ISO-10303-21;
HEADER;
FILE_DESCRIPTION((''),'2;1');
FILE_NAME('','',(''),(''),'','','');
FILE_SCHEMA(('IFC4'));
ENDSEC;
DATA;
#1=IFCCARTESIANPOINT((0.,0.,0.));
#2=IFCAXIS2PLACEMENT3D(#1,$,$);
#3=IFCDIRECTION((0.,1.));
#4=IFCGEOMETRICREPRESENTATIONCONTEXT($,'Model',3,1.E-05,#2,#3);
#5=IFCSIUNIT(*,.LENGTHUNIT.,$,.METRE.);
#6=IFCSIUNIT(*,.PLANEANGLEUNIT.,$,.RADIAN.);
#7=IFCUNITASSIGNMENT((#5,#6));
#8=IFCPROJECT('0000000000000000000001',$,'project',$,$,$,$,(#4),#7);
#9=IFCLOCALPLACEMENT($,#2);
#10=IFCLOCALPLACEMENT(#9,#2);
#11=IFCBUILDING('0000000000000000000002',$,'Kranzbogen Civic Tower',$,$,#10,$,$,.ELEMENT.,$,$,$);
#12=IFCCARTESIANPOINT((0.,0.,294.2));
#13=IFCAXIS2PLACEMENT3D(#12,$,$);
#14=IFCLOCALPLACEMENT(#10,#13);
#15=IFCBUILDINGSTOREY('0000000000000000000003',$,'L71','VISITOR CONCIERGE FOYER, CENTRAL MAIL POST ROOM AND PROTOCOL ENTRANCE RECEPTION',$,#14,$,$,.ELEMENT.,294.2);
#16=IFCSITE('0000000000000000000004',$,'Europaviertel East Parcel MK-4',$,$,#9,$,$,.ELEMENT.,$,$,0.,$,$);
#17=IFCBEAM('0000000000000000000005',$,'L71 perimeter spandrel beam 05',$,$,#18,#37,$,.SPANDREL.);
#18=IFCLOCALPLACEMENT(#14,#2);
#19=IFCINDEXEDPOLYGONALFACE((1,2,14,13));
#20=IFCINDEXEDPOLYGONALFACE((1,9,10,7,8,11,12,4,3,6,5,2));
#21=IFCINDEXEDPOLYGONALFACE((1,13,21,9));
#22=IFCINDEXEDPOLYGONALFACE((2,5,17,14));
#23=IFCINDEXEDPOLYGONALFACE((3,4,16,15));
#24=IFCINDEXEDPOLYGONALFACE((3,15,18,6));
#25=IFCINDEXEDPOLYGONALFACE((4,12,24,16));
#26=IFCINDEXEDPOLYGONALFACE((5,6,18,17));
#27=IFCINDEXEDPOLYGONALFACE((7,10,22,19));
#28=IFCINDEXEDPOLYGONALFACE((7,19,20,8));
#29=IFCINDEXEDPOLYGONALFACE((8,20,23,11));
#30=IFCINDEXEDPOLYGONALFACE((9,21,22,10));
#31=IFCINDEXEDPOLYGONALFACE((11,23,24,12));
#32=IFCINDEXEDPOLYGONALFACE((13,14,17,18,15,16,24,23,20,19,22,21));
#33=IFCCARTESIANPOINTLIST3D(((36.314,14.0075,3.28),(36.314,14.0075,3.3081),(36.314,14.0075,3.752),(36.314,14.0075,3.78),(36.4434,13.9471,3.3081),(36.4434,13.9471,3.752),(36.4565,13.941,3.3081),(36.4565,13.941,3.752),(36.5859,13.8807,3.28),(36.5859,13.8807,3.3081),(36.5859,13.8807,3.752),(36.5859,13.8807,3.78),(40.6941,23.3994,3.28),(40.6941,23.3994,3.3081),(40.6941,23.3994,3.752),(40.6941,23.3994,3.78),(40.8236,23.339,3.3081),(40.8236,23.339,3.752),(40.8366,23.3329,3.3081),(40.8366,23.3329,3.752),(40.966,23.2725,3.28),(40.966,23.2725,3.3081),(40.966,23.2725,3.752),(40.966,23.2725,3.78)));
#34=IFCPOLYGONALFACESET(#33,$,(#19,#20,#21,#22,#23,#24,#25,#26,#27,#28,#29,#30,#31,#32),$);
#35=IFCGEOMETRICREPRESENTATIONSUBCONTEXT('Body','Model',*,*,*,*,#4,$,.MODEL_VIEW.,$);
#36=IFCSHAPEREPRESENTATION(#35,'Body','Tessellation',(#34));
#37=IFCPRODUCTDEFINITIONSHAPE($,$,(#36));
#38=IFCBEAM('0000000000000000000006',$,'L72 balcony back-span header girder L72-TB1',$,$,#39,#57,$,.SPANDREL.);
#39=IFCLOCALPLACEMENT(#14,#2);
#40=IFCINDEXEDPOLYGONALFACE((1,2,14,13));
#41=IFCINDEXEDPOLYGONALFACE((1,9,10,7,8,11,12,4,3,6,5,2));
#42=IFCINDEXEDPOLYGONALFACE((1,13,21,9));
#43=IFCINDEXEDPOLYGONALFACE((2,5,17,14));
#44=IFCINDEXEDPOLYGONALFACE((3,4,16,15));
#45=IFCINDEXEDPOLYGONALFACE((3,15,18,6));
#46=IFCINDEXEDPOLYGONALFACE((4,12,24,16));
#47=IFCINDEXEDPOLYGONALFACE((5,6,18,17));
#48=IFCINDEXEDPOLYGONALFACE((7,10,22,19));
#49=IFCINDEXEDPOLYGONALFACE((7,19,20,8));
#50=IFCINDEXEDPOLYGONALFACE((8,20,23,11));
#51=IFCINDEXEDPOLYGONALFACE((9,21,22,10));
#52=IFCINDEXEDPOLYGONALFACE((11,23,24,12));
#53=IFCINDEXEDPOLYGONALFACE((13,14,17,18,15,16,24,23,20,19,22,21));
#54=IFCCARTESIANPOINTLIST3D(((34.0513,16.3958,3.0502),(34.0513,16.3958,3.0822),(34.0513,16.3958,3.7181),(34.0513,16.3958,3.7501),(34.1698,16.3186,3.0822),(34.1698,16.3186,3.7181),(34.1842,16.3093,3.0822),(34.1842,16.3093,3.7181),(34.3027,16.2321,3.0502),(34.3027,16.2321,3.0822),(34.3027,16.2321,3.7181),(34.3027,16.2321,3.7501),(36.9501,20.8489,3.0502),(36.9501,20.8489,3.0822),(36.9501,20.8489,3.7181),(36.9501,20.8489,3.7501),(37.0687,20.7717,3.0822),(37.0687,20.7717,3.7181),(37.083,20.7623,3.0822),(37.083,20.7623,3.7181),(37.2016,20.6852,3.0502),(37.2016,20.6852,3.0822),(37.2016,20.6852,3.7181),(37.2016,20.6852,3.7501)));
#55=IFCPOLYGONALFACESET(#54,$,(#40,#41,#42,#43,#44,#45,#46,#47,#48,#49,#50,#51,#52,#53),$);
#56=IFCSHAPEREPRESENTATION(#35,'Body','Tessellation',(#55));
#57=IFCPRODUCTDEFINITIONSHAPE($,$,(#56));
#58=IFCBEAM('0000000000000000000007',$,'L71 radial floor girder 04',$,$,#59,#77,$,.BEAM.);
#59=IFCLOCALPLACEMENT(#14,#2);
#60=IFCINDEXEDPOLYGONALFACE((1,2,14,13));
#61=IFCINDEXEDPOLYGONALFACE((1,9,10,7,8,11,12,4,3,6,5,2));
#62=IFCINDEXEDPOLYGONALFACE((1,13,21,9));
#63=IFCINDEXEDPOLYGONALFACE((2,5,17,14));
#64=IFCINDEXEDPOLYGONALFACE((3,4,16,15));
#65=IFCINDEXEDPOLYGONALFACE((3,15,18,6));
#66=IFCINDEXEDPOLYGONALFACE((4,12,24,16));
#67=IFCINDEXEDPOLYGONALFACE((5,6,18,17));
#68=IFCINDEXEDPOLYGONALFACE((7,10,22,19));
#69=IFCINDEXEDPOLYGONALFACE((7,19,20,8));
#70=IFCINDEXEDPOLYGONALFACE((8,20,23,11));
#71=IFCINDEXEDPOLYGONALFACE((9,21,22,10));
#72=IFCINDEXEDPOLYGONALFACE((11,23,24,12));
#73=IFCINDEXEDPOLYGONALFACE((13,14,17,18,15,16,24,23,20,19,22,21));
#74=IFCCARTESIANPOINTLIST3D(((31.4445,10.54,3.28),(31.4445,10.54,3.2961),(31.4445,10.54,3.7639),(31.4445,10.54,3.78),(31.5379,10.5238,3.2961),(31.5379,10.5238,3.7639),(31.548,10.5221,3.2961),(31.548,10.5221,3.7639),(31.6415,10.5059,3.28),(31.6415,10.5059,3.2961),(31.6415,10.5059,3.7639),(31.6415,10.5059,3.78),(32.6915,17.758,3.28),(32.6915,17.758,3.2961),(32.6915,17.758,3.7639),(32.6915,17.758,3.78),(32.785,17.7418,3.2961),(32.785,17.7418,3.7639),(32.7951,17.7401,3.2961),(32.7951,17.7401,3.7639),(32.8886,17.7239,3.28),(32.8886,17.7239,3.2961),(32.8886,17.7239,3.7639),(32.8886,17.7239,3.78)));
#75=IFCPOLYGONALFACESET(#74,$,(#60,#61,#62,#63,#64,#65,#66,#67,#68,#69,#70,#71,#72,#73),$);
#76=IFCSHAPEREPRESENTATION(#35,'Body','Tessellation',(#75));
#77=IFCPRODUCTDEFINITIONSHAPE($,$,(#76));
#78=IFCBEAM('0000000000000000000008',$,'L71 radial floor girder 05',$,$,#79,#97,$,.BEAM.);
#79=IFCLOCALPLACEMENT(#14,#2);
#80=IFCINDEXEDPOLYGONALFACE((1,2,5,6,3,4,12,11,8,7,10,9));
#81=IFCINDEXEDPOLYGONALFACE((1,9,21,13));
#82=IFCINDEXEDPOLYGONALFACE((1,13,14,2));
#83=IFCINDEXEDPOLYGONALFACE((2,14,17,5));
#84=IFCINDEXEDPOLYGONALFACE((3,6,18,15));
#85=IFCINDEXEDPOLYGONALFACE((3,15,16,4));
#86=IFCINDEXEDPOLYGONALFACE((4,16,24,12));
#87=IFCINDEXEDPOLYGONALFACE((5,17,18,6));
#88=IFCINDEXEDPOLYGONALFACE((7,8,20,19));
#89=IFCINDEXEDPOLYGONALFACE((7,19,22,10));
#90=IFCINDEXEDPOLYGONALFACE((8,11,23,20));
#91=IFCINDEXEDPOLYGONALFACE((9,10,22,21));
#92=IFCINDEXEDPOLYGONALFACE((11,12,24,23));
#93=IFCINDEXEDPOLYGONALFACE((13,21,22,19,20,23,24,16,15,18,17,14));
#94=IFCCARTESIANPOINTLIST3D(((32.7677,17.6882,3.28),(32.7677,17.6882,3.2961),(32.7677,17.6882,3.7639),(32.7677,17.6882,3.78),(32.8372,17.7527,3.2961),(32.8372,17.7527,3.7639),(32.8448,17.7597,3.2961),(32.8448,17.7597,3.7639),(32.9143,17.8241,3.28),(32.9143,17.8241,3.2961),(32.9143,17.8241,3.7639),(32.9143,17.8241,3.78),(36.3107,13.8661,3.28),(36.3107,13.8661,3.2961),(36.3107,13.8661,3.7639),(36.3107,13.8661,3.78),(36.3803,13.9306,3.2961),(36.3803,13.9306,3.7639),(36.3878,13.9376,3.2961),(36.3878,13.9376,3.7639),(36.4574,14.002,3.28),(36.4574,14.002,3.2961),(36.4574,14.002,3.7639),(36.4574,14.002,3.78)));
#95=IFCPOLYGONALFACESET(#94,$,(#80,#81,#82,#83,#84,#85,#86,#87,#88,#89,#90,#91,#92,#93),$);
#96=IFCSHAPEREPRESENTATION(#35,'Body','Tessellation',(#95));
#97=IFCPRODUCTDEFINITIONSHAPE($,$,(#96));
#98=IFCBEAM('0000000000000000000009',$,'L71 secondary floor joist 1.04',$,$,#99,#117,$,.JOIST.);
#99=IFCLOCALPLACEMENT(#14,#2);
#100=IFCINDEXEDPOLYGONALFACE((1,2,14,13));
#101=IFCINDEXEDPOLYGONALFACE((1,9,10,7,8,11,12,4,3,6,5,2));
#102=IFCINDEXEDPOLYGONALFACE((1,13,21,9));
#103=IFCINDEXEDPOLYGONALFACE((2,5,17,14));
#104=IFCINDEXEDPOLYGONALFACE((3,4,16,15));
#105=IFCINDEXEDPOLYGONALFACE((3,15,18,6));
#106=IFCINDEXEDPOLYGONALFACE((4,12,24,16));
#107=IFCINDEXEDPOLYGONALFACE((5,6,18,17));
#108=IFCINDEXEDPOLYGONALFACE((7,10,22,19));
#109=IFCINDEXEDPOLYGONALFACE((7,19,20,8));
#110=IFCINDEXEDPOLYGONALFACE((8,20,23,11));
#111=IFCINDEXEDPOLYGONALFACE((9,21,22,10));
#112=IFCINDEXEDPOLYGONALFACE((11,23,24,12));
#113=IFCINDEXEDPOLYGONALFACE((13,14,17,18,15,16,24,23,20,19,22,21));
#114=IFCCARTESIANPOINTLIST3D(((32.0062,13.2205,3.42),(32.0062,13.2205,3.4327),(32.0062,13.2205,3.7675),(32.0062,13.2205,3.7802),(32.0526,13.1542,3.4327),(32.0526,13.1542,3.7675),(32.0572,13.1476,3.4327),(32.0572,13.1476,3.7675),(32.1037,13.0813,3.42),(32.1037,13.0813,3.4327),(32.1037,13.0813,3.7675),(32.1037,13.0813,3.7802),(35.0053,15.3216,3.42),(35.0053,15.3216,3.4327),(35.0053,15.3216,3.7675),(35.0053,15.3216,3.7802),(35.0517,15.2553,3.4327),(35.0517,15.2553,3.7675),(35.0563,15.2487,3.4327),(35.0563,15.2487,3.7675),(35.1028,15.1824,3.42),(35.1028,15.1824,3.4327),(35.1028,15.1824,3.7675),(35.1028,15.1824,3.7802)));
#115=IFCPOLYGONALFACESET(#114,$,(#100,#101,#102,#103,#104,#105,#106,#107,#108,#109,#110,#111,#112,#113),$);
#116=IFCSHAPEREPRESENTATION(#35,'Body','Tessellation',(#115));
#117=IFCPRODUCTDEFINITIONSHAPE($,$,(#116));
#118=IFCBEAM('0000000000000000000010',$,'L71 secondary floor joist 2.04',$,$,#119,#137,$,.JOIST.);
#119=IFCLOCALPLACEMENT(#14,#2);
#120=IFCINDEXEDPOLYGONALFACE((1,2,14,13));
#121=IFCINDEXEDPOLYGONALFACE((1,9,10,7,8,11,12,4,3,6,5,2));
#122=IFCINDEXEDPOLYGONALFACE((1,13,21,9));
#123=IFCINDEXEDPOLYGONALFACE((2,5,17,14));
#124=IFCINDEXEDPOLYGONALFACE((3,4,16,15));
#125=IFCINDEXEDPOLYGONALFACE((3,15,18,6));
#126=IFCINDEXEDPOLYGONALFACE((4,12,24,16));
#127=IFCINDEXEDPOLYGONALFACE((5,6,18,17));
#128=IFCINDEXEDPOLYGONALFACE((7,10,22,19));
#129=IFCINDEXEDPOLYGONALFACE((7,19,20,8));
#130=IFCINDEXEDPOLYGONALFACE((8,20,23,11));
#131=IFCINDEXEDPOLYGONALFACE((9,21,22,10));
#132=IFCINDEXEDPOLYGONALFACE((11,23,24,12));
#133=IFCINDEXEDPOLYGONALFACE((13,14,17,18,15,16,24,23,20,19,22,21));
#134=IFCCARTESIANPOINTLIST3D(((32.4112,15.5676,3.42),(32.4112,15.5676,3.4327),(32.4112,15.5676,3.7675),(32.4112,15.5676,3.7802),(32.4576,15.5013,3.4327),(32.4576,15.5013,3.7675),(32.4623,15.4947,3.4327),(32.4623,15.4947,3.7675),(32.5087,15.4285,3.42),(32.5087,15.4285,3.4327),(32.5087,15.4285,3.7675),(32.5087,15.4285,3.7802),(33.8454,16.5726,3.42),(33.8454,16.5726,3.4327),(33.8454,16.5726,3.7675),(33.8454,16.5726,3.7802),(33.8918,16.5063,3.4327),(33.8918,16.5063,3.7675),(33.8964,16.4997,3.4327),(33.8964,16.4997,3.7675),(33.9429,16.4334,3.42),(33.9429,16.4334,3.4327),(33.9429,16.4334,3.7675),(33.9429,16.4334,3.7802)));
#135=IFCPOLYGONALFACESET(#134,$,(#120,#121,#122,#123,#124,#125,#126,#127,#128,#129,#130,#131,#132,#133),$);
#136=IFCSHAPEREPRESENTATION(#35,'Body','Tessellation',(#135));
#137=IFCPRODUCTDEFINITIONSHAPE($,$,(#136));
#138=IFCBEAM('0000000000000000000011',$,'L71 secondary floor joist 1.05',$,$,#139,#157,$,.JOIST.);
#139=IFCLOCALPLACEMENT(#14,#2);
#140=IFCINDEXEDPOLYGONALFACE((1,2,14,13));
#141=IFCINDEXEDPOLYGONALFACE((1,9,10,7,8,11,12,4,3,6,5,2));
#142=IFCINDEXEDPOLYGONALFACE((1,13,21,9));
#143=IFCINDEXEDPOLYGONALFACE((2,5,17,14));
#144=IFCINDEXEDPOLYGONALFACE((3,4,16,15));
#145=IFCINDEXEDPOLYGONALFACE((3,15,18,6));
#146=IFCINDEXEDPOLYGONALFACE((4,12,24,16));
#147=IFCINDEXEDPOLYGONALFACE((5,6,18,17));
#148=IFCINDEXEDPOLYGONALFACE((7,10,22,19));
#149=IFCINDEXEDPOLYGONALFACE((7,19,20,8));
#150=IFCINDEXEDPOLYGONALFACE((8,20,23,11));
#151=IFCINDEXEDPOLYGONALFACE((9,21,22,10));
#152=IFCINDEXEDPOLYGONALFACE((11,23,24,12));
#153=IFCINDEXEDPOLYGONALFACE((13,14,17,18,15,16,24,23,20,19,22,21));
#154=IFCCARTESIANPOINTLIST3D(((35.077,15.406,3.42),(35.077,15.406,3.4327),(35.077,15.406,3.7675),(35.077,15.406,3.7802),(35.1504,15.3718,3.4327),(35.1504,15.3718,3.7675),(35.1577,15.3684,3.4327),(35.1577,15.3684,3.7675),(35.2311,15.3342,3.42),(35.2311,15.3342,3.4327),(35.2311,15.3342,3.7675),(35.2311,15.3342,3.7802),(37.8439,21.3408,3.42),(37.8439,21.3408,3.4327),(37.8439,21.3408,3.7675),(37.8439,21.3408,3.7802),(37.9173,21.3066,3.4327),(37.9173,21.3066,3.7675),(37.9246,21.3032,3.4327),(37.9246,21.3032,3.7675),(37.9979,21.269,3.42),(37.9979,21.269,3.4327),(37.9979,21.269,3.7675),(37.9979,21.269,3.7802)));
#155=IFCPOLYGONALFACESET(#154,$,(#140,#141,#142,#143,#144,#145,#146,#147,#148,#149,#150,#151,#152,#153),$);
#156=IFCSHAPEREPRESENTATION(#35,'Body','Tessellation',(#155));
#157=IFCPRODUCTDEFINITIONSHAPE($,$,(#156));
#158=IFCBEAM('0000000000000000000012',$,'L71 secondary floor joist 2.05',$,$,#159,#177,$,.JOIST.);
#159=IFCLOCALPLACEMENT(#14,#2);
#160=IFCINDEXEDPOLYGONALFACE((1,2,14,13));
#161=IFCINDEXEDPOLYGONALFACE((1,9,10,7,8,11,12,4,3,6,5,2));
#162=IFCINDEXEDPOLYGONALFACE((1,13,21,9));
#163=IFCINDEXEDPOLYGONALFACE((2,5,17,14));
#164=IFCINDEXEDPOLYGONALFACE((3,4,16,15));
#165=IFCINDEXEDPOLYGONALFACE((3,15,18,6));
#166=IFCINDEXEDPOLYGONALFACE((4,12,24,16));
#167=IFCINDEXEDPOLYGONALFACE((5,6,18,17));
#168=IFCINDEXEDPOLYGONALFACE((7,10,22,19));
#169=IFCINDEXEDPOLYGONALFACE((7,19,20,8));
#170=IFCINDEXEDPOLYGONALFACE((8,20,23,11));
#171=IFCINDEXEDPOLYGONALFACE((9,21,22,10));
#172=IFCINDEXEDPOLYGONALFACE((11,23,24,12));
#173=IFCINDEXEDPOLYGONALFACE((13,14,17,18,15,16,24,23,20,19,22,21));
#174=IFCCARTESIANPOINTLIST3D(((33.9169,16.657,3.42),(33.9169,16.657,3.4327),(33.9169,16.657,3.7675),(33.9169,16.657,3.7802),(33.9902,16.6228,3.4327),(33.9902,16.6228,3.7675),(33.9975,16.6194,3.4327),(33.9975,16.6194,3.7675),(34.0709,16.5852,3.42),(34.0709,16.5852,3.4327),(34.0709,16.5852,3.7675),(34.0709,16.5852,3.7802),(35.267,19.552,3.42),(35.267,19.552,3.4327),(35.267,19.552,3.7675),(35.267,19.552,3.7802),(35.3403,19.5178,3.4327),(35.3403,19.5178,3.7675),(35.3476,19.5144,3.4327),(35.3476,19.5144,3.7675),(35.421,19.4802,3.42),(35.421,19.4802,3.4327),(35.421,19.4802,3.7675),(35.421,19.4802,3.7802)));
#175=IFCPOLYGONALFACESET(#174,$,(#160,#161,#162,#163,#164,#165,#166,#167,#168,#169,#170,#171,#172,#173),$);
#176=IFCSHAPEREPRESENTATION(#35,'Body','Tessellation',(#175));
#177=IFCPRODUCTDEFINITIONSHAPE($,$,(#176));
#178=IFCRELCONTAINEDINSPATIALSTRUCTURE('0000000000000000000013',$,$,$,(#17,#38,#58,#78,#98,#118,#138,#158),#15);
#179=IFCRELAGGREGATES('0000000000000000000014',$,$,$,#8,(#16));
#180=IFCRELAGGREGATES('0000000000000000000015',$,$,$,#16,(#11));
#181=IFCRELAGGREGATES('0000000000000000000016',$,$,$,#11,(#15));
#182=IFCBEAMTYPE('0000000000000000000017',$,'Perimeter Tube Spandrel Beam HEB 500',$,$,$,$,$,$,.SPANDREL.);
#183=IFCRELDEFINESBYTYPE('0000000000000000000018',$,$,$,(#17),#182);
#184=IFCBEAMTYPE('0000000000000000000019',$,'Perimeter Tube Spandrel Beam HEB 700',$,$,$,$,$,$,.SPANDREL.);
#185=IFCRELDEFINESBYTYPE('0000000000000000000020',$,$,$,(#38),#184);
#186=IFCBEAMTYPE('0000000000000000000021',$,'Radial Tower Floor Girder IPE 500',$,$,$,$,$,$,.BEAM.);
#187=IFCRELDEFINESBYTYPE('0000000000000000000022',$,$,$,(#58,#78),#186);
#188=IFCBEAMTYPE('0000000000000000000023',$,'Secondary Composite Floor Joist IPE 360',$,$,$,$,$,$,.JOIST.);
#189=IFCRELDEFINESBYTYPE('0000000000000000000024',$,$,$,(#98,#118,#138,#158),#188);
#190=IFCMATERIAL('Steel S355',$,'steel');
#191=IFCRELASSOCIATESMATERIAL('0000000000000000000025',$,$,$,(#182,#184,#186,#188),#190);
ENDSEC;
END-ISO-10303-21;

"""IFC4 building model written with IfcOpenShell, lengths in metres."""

from ifc_helpers import new_model, si_unit, direction, frame, origin, origin_2d, place, context, subcontext, project, spatial, i_section, extrude, material, material_profile, profile_set, type_object, element, save


model = new_model("IFC4")

# Units and contexts
model_context = context("Model", 3, precision=1e-05, world=origin(), true_north=direction((0.0, 1.0)))
body_context = subcontext(model_context, "Body", "Model", "MODEL_VIEW")
ifc_project = project(units=[si_unit("LENGTHUNIT", "METRE"), si_unit("PLANEANGLEUNIT", "RADIAN")], contexts=[model_context])

# Site, building, storey
site_placement = place(None, origin())
site = spatial("IfcSite", under=ifc_project, at=site_placement, Name="Europaviertel East Parcel MK-4", CompositionType="ELEMENT", RefElevation=0.0)
building_placement = place(site_placement, origin())
building = spatial("IfcBuilding", under=site, at=building_placement, Name="Kranzbogen Civic Tower", CompositionType="ELEMENT")
storey_placement = place(building_placement, frame((0.0, 0.0, 294.2)))
storey = spatial("IfcBuildingStorey", under=building, at=storey_placement, Name="L71", Description="VISITOR CONCIERGE FOYER, CENTRAL MAIL POST ROOM AND PROTOCOL ENTRANCE RECEPTION", CompositionType="ELEMENT", Elevation=294.2)

# Shared definitions
ifc_material_1 = material(Name="Steel S355", Category="steel")

# Beams
ifc_material_profile_1 = material_profile(ifc_material_1, i_section(OverallWidth=0.3, OverallDepth=0.5, WebThickness=0.0144, FlangeThickness=0.0281, at=origin_2d()), Name="HEB 500")
ifc_profile_set_1 = profile_set([ifc_material_profile_1], Name="Steel S355")
beam_type_1 = type_object("IfcBeamType", Name="Perimeter Tube Spandrel Beam HEB 500", PredefinedType="SPANDREL", material=ifc_profile_set_1)
beam_1_placement = place(storey_placement, frame((36.45, 13.9441, 3.53), z_axis=(0.422669, 0.906284, 0.0), x_axis=(-0.906284, 0.422669, 0.0)))
element("IfcBeam", 1, at=beam_1_placement, inside=storey, type_object=beam_type_1, Name="L71 perimeter spandrel beam 05", PredefinedType="SPANDREL", context=body_context, shape_type="SweptSolid", body=[
    extrude(i_section(OverallWidth=0.3, OverallDepth=0.5, WebThickness=0.0144, FlangeThickness=0.0281, at=origin_2d()), origin(), (0.0, 0.0, 1.0), 10.363),
])
ifc_material_profile_2 = material_profile(ifc_material_1, i_section(OverallWidth=0.3, OverallDepth=0.7, WebThickness=0.0171, FlangeThickness=0.032, at=origin_2d()), Name="HEB 700")
ifc_profile_set_2 = profile_set([ifc_material_profile_2], Name="Steel S355")
beam_type_2 = type_object("IfcBeamType", Name="Perimeter Tube Spandrel Beam HEB 700", PredefinedType="SPANDREL", material=ifc_profile_set_2)
beam_2_placement = place(storey_placement, frame((34.177, 16.314, 3.4001), z_axis=(0.54557, 0.838066, 0.0), x_axis=(-0.838066, 0.54557, 0.0)))
element("IfcBeam", 2, at=beam_2_placement, inside=storey, type_object=beam_type_2, Name="L72 balcony back-span header girder L72-TB1", PredefinedType="SPANDREL", context=body_context, shape_type="SweptSolid", body=[
    extrude(i_section(OverallWidth=0.3, OverallDepth=0.7, WebThickness=0.0171, FlangeThickness=0.032, at=origin_2d()), origin(), (0.0, 0.0, 1.0), 5.3135),
])
ifc_material_profile_3 = material_profile(ifc_material_1, i_section(OverallWidth=0.2, OverallDepth=0.5, WebThickness=0.0103, FlangeThickness=0.0161, at=origin_2d()), Name="IPE 500")
ifc_profile_set_3 = profile_set([ifc_material_profile_3], Name="Steel S355")
beam_type_3 = type_object("IfcBeamType", Name="Radial Tower Floor Girder IPE 500", PredefinedType="BEAM", material=ifc_profile_set_3)
beam_3_placement = place(storey_placement, frame((31.543, 10.5229, 3.53), z_axis=(0.17025, 0.985401, 0.0), x_axis=(-0.985401, 0.17025, 0.0)))
element("IfcBeam", 3, at=beam_3_placement, inside=storey, type_object=beam_type_3, Name="L71 radial floor girder 04", PredefinedType="BEAM", context=body_context, shape_type="SweptSolid", body=[
    extrude(i_section(OverallWidth=0.2, OverallDepth=0.5, WebThickness=0.0103, FlangeThickness=0.0161, at=origin_2d()), origin(), (0.0, 0.0, 1.0), 7.325),
])
beam_4_placement = place(storey_placement, frame((36.384, 13.9341, 3.53), z_axis=(-0.679827, 0.733372, 0.0), x_axis=(-0.733372, -0.679827, 0.0)))
element("IfcBeam", 4, at=beam_4_placement, inside=storey, type_object=beam_type_3, Name="L71 radial floor girder 05", PredefinedType="BEAM", context=body_context, shape_type="SweptSolid", body=[
    extrude(i_section(OverallWidth=0.2, OverallDepth=0.5, WebThickness=0.0103, FlangeThickness=0.0161, at=origin_2d()), origin(), (0.0, 0.0, 1.0), 5.2117),
])
ifc_material_profile_4 = material_profile(ifc_material_1, i_section(OverallWidth=0.1699, OverallDepth=0.3601, WebThickness=0.0081, FlangeThickness=0.0127, at=origin_2d()), Name="IPE 360")
ifc_profile_set_4 = profile_set([ifc_material_profile_4], Name="Steel S355")
beam_type_4 = type_object("IfcBeamType", Name="Secondary Composite Floor Joist IPE 360", PredefinedType="JOIST", material=ifc_profile_set_4)
beam_5_placement = place(storey_placement, frame((32.0549, 13.1509, 3.6001), z_axis=(0.819006, 0.573784, 0.0), x_axis=(-0.573784, 0.819006, 0.0)))
element("IfcBeam", 5, at=beam_5_placement, inside=storey, type_object=beam_type_4, Name="L71 secondary floor joist 1.04", PredefinedType="JOIST", context=body_context, shape_type="SweptSolid", body=[
    extrude(i_section(OverallWidth=0.1699, OverallDepth=0.3601, WebThickness=0.0081, FlangeThickness=0.0127, at=origin_2d()), origin(), (0.0, 0.0, 1.0), 3.6619),
])
beam_6_placement = place(storey_placement, frame((32.46, 15.498, 3.6001), z_axis=(0.818957, 0.573855, 0.0), x_axis=(-0.573855, 0.818957, 0.0)))
element("IfcBeam", 6, at=beam_6_placement, inside=storey, type_object=beam_type_4, Name="L71 secondary floor joist 2.04", PredefinedType="JOIST", context=body_context, shape_type="SweptSolid", body=[
    extrude(i_section(OverallWidth=0.1699, OverallDepth=0.3601, WebThickness=0.0081, FlangeThickness=0.0127, at=origin_2d()), origin(), (0.0, 0.0, 1.0), 1.7512),
])
beam_7_placement = place(storey_placement, frame((35.1541, 15.3701, 3.6001), z_axis=(0.422543, 0.906343, 0.0), x_axis=(-0.906343, 0.422543, 0.0)))
element("IfcBeam", 7, at=beam_7_placement, inside=storey, type_object=beam_type_4, Name="L71 secondary floor joist 1.05", PredefinedType="JOIST", context=body_context, shape_type="SweptSolid", body=[
    extrude(i_section(OverallWidth=0.1699, OverallDepth=0.3601, WebThickness=0.0081, FlangeThickness=0.0127, at=origin_2d()), origin(), (0.0, 0.0, 1.0), 6.5481),
])
beam_8_placement = place(storey_placement, frame((33.9939, 16.6211, 3.6001), z_axis=(0.422651, 0.906292, 0.0), x_axis=(-0.906292, 0.422651, 0.0)))
element("IfcBeam", 8, at=beam_8_placement, inside=storey, type_object=beam_type_4, Name="L71 secondary floor joist 2.05", PredefinedType="JOIST", context=body_context, shape_type="SweptSolid", body=[
    extrude(i_section(OverallWidth=0.1699, OverallDepth=0.3601, WebThickness=0.0081, FlangeThickness=0.0127, at=origin_2d()), origin(), (0.0, 0.0, 1.0), 3.1943),
])

save(model, "model.ifc")
